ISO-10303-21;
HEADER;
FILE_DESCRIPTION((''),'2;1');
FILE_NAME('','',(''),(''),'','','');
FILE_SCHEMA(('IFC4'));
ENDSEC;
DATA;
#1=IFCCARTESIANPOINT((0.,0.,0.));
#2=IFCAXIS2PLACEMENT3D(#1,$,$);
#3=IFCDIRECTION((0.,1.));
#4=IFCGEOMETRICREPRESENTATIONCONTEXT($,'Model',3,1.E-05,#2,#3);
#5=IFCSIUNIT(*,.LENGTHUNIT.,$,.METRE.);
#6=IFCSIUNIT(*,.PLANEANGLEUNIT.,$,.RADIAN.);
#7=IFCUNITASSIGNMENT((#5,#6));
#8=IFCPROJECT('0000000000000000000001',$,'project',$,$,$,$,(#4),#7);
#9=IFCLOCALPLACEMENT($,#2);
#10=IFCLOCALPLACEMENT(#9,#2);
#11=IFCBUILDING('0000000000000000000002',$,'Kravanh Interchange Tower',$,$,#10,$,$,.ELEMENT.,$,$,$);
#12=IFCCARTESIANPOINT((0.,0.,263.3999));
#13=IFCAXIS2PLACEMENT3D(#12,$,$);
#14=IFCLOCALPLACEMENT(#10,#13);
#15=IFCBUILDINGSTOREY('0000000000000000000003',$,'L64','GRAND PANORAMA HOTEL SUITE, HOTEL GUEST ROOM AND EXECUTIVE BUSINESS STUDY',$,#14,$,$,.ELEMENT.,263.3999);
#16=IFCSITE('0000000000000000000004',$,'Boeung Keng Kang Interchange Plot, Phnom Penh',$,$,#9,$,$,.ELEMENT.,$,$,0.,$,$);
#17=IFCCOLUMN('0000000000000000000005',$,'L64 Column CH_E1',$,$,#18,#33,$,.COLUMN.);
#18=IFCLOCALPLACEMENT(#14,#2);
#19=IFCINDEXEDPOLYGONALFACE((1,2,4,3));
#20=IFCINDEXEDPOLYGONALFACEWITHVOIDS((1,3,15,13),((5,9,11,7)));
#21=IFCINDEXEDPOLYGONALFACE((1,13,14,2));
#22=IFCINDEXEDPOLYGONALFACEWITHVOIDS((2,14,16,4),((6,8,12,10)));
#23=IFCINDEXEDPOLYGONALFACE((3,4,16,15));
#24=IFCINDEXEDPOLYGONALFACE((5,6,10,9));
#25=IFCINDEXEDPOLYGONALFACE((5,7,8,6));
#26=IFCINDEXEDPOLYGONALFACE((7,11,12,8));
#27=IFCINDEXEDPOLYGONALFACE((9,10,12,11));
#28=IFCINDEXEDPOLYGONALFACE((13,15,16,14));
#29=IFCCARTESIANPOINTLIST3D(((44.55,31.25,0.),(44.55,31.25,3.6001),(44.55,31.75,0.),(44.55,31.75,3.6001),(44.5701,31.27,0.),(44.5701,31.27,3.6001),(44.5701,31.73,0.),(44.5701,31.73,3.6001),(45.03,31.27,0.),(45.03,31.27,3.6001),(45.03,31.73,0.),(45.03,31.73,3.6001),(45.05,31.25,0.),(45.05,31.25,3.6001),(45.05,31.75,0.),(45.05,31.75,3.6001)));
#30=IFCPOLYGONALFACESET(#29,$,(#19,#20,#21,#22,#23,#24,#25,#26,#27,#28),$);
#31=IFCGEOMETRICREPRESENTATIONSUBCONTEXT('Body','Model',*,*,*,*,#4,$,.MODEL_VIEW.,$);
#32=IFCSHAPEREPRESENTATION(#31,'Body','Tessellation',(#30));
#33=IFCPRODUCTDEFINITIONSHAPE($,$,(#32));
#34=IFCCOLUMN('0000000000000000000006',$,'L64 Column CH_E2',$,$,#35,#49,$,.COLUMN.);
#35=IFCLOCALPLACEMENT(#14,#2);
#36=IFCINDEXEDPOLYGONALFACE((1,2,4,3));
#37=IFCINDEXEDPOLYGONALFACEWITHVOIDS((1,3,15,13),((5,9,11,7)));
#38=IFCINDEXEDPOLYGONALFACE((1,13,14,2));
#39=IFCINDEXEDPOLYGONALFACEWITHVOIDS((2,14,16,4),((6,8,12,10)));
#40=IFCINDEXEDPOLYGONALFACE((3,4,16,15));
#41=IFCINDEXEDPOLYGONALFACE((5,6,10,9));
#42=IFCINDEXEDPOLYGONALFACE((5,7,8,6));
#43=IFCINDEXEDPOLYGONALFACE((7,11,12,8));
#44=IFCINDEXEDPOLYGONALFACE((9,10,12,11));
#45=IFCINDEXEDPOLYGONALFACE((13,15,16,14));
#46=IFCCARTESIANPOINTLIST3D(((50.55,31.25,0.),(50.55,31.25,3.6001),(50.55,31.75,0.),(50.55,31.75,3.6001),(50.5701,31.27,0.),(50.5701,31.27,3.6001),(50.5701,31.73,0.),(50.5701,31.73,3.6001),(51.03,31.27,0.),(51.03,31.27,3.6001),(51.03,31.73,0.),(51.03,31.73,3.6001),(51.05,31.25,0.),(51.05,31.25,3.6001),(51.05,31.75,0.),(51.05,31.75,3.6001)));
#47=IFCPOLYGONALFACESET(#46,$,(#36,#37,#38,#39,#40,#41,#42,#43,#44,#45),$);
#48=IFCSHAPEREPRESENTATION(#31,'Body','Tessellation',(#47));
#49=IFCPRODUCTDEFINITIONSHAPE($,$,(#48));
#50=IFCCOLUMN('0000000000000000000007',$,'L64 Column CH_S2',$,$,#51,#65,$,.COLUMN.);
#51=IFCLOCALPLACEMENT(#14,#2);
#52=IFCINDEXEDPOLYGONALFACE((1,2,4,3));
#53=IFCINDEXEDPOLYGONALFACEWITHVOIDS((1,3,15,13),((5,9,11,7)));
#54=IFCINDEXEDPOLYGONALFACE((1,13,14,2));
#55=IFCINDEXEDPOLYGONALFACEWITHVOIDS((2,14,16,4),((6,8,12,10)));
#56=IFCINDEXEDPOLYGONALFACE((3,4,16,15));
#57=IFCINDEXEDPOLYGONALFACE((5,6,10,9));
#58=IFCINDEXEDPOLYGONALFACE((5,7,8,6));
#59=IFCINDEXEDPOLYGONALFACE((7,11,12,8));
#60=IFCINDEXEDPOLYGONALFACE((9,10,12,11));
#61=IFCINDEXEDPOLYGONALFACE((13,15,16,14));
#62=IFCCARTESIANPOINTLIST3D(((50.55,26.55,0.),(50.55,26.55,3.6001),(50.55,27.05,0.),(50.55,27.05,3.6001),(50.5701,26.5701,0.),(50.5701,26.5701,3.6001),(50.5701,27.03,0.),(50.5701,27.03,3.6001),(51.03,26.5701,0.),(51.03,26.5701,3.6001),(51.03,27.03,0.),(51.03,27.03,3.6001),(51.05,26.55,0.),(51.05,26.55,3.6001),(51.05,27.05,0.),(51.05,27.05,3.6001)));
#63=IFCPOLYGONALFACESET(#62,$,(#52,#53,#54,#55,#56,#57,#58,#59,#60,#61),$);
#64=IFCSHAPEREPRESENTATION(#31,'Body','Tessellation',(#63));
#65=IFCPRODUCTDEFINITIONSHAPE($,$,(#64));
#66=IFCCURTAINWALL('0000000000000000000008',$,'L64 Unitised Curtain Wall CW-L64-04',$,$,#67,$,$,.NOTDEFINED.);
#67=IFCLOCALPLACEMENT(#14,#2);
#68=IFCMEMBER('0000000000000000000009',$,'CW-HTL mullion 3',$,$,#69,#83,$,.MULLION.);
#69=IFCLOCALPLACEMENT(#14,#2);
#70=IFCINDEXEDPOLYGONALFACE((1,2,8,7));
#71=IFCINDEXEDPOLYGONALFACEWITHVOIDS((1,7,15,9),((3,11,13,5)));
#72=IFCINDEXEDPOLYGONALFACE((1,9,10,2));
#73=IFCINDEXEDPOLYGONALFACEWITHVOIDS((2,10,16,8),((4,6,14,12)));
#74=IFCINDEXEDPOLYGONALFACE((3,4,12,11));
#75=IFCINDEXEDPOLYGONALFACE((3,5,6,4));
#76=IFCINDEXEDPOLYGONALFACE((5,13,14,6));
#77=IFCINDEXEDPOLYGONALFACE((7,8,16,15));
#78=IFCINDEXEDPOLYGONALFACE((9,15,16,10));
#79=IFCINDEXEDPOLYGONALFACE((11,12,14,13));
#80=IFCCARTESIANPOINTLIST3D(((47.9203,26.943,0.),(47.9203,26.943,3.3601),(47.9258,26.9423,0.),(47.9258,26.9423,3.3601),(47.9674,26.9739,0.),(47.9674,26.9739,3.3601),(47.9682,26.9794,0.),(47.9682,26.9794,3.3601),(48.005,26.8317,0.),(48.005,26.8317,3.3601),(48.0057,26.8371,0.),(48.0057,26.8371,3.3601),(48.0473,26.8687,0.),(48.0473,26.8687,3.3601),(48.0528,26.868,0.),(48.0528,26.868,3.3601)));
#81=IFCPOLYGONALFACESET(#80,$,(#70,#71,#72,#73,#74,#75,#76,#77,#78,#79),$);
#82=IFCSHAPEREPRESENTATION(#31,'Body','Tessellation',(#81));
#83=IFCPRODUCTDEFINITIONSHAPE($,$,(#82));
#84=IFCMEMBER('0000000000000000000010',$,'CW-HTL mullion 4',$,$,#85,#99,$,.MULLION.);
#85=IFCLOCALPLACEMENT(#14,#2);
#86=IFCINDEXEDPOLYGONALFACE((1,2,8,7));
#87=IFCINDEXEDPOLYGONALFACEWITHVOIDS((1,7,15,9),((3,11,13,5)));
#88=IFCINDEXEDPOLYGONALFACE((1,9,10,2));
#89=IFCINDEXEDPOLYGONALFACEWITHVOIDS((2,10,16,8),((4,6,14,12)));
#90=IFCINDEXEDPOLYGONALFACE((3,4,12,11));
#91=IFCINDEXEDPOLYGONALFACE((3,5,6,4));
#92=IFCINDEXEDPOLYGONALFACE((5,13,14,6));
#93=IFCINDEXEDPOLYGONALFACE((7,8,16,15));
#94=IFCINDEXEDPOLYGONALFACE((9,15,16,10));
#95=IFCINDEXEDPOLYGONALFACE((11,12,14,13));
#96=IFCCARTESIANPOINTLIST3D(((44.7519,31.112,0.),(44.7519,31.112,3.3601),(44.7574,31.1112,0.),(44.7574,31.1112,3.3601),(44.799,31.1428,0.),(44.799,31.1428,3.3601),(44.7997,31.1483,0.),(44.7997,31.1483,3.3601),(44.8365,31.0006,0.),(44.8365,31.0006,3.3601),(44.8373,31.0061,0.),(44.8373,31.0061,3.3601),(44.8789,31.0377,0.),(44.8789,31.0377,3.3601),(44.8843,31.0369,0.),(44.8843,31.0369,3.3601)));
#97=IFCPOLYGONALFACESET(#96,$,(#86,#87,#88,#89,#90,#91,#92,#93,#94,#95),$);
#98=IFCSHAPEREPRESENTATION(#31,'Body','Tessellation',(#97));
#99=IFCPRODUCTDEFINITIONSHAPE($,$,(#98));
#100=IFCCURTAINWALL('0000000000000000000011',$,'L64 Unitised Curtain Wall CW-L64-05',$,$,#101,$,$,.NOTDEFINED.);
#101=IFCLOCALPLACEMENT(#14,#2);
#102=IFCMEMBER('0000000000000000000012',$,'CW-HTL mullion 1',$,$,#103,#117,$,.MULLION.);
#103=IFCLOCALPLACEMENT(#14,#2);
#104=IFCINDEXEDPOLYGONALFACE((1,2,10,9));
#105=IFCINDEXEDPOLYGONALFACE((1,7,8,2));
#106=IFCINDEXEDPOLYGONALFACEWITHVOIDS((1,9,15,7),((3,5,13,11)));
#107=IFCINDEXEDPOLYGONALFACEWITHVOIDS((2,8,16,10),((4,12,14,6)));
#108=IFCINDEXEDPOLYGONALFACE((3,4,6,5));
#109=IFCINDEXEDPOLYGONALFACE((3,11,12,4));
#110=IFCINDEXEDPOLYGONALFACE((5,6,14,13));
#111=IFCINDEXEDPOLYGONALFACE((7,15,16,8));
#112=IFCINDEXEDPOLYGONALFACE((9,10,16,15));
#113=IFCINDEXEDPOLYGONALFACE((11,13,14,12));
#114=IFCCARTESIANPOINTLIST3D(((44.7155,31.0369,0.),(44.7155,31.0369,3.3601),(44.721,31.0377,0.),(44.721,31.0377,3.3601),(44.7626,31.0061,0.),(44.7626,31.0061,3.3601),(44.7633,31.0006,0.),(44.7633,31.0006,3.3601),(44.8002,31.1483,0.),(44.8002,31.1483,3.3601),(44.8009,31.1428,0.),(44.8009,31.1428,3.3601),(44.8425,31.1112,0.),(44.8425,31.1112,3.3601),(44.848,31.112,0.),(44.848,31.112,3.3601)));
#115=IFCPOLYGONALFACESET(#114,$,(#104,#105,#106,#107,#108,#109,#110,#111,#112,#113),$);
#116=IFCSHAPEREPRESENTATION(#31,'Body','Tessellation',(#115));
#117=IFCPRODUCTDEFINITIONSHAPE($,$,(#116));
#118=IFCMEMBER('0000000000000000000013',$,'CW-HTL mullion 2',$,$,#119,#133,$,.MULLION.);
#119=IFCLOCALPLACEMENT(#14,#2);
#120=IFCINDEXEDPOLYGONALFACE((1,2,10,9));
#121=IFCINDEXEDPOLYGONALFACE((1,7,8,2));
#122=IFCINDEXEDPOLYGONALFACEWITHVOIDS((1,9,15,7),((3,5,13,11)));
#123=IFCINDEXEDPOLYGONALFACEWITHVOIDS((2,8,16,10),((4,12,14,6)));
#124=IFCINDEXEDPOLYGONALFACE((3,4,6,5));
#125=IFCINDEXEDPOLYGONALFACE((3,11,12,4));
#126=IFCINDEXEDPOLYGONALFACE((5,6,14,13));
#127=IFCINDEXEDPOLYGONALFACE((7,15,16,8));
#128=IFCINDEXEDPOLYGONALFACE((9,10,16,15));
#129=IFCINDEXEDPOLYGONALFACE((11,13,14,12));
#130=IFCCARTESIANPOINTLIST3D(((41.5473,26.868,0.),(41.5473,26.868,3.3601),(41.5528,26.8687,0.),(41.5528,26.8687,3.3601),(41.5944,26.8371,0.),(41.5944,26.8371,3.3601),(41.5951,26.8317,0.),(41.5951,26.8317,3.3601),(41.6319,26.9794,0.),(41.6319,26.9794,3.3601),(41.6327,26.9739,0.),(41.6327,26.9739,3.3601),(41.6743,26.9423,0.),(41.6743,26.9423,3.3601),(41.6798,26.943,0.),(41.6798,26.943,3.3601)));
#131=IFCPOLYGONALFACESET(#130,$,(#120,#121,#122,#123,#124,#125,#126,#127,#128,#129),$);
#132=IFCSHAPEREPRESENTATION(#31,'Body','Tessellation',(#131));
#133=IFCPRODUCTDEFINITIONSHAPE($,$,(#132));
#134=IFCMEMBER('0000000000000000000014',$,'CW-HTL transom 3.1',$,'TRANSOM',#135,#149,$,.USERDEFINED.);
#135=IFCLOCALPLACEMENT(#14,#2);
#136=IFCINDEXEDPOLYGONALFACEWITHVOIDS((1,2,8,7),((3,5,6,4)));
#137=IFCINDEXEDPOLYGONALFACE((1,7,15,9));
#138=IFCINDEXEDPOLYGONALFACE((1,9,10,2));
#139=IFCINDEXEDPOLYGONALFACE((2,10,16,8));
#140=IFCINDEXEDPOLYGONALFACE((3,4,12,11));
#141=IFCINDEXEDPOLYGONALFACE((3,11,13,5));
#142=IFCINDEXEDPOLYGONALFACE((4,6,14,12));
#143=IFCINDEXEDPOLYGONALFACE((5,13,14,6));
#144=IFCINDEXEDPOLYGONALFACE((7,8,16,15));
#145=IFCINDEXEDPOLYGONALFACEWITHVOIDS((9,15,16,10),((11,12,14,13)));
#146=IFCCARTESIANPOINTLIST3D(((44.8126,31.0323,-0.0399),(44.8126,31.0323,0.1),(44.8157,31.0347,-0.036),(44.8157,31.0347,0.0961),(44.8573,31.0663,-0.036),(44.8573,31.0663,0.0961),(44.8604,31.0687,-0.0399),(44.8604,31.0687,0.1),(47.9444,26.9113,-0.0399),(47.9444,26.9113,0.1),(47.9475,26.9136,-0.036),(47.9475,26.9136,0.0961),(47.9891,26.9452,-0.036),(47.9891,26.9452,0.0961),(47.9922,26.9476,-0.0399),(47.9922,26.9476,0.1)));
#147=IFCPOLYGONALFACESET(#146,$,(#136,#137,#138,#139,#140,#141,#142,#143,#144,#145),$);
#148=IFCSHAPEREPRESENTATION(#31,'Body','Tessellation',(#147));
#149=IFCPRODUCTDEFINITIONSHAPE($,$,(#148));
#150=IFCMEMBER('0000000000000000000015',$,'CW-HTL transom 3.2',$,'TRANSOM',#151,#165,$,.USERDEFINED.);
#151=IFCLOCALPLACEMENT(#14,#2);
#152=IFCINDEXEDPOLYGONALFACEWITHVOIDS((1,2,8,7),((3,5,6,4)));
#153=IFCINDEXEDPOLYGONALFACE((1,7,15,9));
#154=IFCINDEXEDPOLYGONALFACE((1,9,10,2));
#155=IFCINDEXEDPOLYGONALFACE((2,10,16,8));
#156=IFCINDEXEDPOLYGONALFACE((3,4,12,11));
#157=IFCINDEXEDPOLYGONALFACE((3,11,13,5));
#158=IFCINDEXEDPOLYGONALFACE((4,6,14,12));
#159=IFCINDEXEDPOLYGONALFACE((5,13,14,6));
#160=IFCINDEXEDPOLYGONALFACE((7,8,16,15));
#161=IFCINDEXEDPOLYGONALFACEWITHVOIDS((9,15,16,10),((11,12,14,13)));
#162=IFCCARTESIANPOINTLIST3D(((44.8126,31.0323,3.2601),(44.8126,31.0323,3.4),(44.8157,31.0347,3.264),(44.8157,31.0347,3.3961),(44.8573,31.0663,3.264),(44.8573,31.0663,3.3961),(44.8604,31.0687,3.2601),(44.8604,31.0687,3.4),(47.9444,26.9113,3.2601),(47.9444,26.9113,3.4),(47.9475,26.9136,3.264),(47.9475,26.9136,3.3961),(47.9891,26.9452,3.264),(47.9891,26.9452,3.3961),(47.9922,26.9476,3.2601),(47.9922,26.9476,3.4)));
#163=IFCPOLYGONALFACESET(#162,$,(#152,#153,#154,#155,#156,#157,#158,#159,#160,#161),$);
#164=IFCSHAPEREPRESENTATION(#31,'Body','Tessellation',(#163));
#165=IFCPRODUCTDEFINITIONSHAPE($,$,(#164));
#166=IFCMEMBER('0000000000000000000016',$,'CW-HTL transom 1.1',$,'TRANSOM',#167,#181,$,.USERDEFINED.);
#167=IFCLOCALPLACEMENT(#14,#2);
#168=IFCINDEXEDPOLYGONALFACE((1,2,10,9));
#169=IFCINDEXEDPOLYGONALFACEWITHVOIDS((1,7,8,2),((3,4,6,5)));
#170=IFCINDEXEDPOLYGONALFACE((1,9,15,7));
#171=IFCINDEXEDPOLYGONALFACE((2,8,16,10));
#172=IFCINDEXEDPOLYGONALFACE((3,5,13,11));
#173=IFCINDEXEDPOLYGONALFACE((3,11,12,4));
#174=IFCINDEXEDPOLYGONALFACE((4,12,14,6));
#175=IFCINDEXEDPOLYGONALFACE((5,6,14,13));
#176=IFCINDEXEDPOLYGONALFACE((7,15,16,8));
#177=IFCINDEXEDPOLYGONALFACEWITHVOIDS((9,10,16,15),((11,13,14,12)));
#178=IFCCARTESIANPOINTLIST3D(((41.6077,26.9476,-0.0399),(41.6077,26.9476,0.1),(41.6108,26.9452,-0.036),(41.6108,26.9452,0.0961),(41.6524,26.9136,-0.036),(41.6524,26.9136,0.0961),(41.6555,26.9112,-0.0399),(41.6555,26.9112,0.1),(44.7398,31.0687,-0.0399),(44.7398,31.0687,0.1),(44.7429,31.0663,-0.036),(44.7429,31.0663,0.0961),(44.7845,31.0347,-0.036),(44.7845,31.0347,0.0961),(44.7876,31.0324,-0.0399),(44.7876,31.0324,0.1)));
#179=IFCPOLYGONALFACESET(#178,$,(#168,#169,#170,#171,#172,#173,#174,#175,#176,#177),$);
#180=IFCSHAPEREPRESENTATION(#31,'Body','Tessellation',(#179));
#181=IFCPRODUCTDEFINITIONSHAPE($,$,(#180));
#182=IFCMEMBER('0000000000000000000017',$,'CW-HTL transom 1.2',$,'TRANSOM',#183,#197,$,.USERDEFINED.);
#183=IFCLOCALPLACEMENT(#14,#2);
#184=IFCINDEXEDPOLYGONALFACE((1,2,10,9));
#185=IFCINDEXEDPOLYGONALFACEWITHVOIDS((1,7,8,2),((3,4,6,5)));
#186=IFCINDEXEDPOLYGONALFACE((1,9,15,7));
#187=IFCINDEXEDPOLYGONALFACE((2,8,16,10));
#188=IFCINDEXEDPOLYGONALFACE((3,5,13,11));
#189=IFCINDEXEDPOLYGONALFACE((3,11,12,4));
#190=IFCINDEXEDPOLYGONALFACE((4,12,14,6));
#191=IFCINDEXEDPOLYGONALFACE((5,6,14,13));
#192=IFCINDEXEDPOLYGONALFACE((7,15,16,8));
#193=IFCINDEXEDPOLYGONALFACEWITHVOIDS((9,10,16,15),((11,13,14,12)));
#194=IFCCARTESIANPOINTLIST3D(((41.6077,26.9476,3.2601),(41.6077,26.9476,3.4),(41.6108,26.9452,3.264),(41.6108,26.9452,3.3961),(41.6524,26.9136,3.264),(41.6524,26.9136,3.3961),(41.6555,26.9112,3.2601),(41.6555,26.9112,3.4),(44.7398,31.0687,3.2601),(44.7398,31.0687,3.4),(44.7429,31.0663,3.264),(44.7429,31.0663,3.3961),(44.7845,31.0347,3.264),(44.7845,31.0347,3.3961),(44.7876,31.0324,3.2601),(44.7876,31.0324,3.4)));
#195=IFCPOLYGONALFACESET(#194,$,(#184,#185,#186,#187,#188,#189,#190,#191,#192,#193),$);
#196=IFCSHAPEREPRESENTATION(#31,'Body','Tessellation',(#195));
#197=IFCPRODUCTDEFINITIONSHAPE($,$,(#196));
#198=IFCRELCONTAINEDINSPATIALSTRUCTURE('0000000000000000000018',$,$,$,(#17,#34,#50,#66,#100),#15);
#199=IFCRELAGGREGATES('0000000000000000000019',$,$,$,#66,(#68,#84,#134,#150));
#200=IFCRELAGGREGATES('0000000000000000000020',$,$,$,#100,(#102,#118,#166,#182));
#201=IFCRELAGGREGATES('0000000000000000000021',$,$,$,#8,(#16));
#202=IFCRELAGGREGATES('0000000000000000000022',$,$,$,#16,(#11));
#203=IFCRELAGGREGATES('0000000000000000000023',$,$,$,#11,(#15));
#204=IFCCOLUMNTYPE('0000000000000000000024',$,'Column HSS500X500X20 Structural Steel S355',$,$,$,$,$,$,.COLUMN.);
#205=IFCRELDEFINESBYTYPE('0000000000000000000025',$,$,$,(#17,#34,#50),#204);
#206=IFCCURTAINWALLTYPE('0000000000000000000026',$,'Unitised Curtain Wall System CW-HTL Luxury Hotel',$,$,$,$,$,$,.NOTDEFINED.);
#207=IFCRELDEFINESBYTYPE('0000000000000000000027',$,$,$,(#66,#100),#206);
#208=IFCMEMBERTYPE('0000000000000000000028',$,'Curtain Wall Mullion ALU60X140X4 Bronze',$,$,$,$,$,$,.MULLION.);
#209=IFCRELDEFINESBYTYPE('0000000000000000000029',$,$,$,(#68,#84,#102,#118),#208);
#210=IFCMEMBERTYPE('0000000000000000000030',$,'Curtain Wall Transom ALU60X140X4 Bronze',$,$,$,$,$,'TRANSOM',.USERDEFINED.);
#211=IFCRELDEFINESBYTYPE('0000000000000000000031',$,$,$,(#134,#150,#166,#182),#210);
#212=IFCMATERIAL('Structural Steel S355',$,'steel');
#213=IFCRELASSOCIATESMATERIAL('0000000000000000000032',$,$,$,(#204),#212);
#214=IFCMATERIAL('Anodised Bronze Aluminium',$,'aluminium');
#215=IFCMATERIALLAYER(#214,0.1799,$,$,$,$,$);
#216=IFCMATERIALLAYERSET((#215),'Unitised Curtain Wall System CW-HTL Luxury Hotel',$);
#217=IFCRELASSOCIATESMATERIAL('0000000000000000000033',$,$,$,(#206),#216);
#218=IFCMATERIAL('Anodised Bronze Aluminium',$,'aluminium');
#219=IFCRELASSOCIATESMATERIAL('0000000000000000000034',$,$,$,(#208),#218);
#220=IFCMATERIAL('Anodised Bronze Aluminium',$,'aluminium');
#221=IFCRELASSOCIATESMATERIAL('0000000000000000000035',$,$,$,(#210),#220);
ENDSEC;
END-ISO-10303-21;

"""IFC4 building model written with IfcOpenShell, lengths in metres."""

from ifc_helpers import new_model, si_unit, direction, frame, origin, origin_2d, place, context, subcontext, project, spatial, hollow_rectangle, extrude, material, layer, layer_set, material_profile, profile_set, type_object, element, aggregate, save


model = new_model("IFC4")

# Units and contexts
model_context = context("Model", 3, precision=1e-05, world=origin(), true_north=direction((0.0, 1.0)))
body_context = subcontext(model_context, "Body", "Model", "MODEL_VIEW")
ifc_project = project(units=[si_unit("LENGTHUNIT", "METRE"), si_unit("PLANEANGLEUNIT", "RADIAN")], contexts=[model_context])

# Site, building, storey
site_placement = place(None, origin())
site = spatial("IfcSite", under=ifc_project, at=site_placement, Name="Boeung Keng Kang Interchange Plot, Phnom Penh", CompositionType="ELEMENT", RefElevation=0.0)
building_placement = place(site_placement, origin())
building = spatial("IfcBuilding", under=site, at=building_placement, Name="Kravanh Interchange Tower", CompositionType="ELEMENT")
storey_placement = place(building_placement, frame((0.0, 0.0, 263.3999)))
storey = spatial("IfcBuildingStorey", under=building, at=storey_placement, Name="L64", Description="GRAND PANORAMA HOTEL SUITE, HOTEL GUEST ROOM AND EXECUTIVE BUSINESS STUDY", CompositionType="ELEMENT", Elevation=263.3999)

# Columns
ifc_material_1 = material(Name="Structural Steel S355", Category="steel")
ifc_material_profile_1 = material_profile(ifc_material_1, hollow_rectangle(XDim=0.5, YDim=0.5, WallThickness=0.02, at=origin_2d()), Name="HSS500X500X20")
ifc_profile_set_1 = profile_set([ifc_material_profile_1], Name="Structural Steel S355")
column_type = type_object("IfcColumnType", Name="Column HSS500X500X20 Structural Steel S355", PredefinedType="COLUMN", material=ifc_profile_set_1)
for number, where, z_axis, x_axis, name in (
    (1, (44.8, 31.5, 0.0), (0.0, 0.0, 1.0), (1.0, 0.0, 0.0), "L64 Column CH_E1"),
    (2, (50.8, 31.5, 0.0), (0.0, 0.0, 1.0), (1.0, 0.0, 0.0), "L64 Column CH_E2"),
    (3, (50.8, 26.8, 0.0), (0.0, 0.0, 1.0), (1.0, 0.0, 0.0), "L64 Column CH_S2"),
):
    element("IfcColumn", number, at=place(storey_placement, frame(where, z_axis=z_axis, x_axis=x_axis)), inside=storey, type_object=column_type, Name=name, PredefinedType="COLUMN", context=body_context, shape_type="SweptSolid", body=[
        extrude(hollow_rectangle(XDim=0.5, YDim=0.5, WallThickness=0.02, at=origin_2d()), origin(), (0.0, 0.0, 1.0), 3.6001),
    ])

# Curtain walls, members
ifc_material_2 = material(Name="Anodised Bronze Aluminium", Category="aluminium")
ifc_layer_1 = layer(ifc_material_2, 0.1799)
ifc_layer_set_1 = layer_set([ifc_layer_1], Name="Unitised Curtain Wall System CW-HTL Luxury Hotel")
curtain_wall_type = type_object("IfcCurtainWallType", Name="Unitised Curtain Wall System CW-HTL Luxury Hotel", PredefinedType="NOTDEFINED", material=ifc_layer_set_1)
curtain_wall_1_placement = place(storey_placement, origin())
curtain_wall_1 = element("IfcCurtainWall", 4, at=curtain_wall_1_placement, inside=storey, type_object=curtain_wall_type, Name="L64 Unitised Curtain Wall CW-L64-04", PredefinedType="NOTDEFINED")
ifc_material_3 = material(Name="Anodised Bronze Aluminium", Category="aluminium")
ifc_material_profile_2 = material_profile(ifc_material_3, hollow_rectangle(XDim=0.0601, YDim=0.1399, WallThickness=0.0039, at=origin_2d()), Name="ALU60X140X4")
ifc_profile_set_2 = profile_set([ifc_material_profile_2], Name="Anodised Bronze Aluminium")
member_type_1 = type_object("IfcMemberType", Name="Curtain Wall Mullion ALU60X140X4 Bronze", PredefinedType="MULLION", material=ifc_profile_set_2)
member_1_placement = place(storey_placement, frame((47.9866, 26.9055, 0.0), z_axis=(0.0, 0.0, 1.0), x_axis=(-0.796162, -0.605083, 0.0)))
member_1 = element("IfcMember", 5, at=member_1_placement, type_object=member_type_1, Name="CW-HTL mullion 3", PredefinedType="MULLION", context=body_context, shape_type="SweptSolid", body=[
    extrude(hollow_rectangle(XDim=0.0601, YDim=0.1399, WallThickness=0.0039, at=origin_2d()), origin(), (0.0, 0.0, 1.0), 3.3601),
])
member_2_placement = place(storey_placement, frame((44.8181, 31.0745, 0.0), z_axis=(0.0, 0.0, 1.0), x_axis=(-0.796162, -0.605083, 0.0)))
member_2 = element("IfcMember", 6, at=member_2_placement, type_object=member_type_1, Name="CW-HTL mullion 4", PredefinedType="MULLION", context=body_context, shape_type="SweptSolid", body=[
    extrude(hollow_rectangle(XDim=0.0601, YDim=0.1399, WallThickness=0.0039, at=origin_2d()), origin(), (0.0, 0.0, 1.0), 3.3601),
])
curtain_wall_2_placement = place(storey_placement, origin())
curtain_wall_2 = element("IfcCurtainWall", 7, at=curtain_wall_2_placement, inside=storey, type_object=curtain_wall_type, Name="L64 Unitised Curtain Wall CW-L64-05", PredefinedType="NOTDEFINED")
member_3_placement = place(storey_placement, frame((44.7817, 31.0745, 0.0), z_axis=(0.0, 0.0, 1.0), x_axis=(0.796162, -0.605083, 0.0)))
member_3 = element("IfcMember", 8, at=member_3_placement, type_object=member_type_1, Name="CW-HTL mullion 1", PredefinedType="MULLION", context=body_context, shape_type="SweptSolid", body=[
    extrude(hollow_rectangle(XDim=0.0601, YDim=0.1399, WallThickness=0.0039, at=origin_2d()), origin(), (0.0, 0.0, 1.0), 3.3601),
])
member_4_placement = place(storey_placement, frame((41.6135, 26.9055, 0.0), z_axis=(0.0, 0.0, 1.0), x_axis=(0.796162, -0.605083, 0.0)))
member_4 = element("IfcMember", 9, at=member_4_placement, type_object=member_type_1, Name="CW-HTL mullion 2", PredefinedType="MULLION", context=body_context, shape_type="SweptSolid", body=[
    extrude(hollow_rectangle(XDim=0.0601, YDim=0.1399, WallThickness=0.0039, at=origin_2d()), origin(), (0.0, 0.0, 1.0), 3.3601),
])

# Members
ifc_material_4 = material(Name="Anodised Bronze Aluminium", Category="aluminium")
ifc_material_profile_3 = material_profile(ifc_material_4, hollow_rectangle(XDim=0.0601, YDim=0.1399, WallThickness=0.0039, at=origin_2d()), Name="ALU60X140X4")
ifc_profile_set_3 = profile_set([ifc_material_profile_3], Name="Anodised Bronze Aluminium")
member_type_2 = type_object("IfcMemberType", Name="Curtain Wall Transom ALU60X140X4 Bronze", ElementType="TRANSOM", PredefinedType="USERDEFINED", material=ifc_profile_set_3)
member_5_placement = place(storey_placement, frame((47.9683, 26.9294, 0.03), z_axis=(-0.605059, 0.79618, 0.0), x_axis=(-0.79618, -0.605059, 0.0)))
member_5 = element("IfcMember", 10, at=member_5_placement, type_object=member_type_2, Name="CW-HTL transom 3.1", ObjectType="TRANSOM", PredefinedType="USERDEFINED", context=body_context, shape_type="SweptSolid", body=[
    extrude(hollow_rectangle(XDim=0.0601, YDim=0.1399, WallThickness=0.0039, at=origin_2d()), origin(), (0.0, 0.0, 1.0), 5.176),
])
member_6_placement = place(storey_placement, frame((47.9683, 26.9294, 3.3301), z_axis=(-0.605059, 0.79618, 0.0), x_axis=(-0.79618, -0.605059, 0.0)))
member_6 = element("IfcMember", 11, at=member_6_placement, type_object=member_type_2, Name="CW-HTL transom 3.2", ObjectType="TRANSOM", PredefinedType="USERDEFINED", context=body_context, shape_type="SweptSolid", body=[
    extrude(hollow_rectangle(XDim=0.0601, YDim=0.1399, WallThickness=0.0039, at=origin_2d()), origin(), (0.0, 0.0, 1.0), 5.176),
])
member_7_placement = place(storey_placement, frame((44.7637, 31.0505, 0.03), z_axis=(-0.605089, -0.796158, 0.0), x_axis=(0.796158, -0.605089, 0.0)))
member_7 = element("IfcMember", 12, at=member_7_placement, type_object=member_type_2, Name="CW-HTL transom 1.1", ObjectType="TRANSOM", PredefinedType="USERDEFINED", context=body_context, shape_type="SweptSolid", body=[
    extrude(hollow_rectangle(XDim=0.0601, YDim=0.1399, WallThickness=0.0039, at=origin_2d()), origin(), (0.0, 0.0, 1.0), 5.1763),
])
member_8_placement = place(storey_placement, frame((44.7637, 31.0505, 3.3301), z_axis=(-0.605089, -0.796158, 0.0), x_axis=(0.796158, -0.605089, 0.0)))
member_8 = element("IfcMember", 13, at=member_8_placement, type_object=member_type_2, Name="CW-HTL transom 1.2", ObjectType="TRANSOM", PredefinedType="USERDEFINED", context=body_context, shape_type="SweptSolid", body=[
    extrude(hollow_rectangle(XDim=0.0601, YDim=0.1399, WallThickness=0.0039, at=origin_2d()), origin(), (0.0, 0.0, 1.0), 5.1763),
])

aggregate(curtain_wall_1, [member_1, member_2, member_5, member_6])
aggregate(curtain_wall_2, [member_3, member_4, member_7, member_8])

save(model, "model.ifc")
